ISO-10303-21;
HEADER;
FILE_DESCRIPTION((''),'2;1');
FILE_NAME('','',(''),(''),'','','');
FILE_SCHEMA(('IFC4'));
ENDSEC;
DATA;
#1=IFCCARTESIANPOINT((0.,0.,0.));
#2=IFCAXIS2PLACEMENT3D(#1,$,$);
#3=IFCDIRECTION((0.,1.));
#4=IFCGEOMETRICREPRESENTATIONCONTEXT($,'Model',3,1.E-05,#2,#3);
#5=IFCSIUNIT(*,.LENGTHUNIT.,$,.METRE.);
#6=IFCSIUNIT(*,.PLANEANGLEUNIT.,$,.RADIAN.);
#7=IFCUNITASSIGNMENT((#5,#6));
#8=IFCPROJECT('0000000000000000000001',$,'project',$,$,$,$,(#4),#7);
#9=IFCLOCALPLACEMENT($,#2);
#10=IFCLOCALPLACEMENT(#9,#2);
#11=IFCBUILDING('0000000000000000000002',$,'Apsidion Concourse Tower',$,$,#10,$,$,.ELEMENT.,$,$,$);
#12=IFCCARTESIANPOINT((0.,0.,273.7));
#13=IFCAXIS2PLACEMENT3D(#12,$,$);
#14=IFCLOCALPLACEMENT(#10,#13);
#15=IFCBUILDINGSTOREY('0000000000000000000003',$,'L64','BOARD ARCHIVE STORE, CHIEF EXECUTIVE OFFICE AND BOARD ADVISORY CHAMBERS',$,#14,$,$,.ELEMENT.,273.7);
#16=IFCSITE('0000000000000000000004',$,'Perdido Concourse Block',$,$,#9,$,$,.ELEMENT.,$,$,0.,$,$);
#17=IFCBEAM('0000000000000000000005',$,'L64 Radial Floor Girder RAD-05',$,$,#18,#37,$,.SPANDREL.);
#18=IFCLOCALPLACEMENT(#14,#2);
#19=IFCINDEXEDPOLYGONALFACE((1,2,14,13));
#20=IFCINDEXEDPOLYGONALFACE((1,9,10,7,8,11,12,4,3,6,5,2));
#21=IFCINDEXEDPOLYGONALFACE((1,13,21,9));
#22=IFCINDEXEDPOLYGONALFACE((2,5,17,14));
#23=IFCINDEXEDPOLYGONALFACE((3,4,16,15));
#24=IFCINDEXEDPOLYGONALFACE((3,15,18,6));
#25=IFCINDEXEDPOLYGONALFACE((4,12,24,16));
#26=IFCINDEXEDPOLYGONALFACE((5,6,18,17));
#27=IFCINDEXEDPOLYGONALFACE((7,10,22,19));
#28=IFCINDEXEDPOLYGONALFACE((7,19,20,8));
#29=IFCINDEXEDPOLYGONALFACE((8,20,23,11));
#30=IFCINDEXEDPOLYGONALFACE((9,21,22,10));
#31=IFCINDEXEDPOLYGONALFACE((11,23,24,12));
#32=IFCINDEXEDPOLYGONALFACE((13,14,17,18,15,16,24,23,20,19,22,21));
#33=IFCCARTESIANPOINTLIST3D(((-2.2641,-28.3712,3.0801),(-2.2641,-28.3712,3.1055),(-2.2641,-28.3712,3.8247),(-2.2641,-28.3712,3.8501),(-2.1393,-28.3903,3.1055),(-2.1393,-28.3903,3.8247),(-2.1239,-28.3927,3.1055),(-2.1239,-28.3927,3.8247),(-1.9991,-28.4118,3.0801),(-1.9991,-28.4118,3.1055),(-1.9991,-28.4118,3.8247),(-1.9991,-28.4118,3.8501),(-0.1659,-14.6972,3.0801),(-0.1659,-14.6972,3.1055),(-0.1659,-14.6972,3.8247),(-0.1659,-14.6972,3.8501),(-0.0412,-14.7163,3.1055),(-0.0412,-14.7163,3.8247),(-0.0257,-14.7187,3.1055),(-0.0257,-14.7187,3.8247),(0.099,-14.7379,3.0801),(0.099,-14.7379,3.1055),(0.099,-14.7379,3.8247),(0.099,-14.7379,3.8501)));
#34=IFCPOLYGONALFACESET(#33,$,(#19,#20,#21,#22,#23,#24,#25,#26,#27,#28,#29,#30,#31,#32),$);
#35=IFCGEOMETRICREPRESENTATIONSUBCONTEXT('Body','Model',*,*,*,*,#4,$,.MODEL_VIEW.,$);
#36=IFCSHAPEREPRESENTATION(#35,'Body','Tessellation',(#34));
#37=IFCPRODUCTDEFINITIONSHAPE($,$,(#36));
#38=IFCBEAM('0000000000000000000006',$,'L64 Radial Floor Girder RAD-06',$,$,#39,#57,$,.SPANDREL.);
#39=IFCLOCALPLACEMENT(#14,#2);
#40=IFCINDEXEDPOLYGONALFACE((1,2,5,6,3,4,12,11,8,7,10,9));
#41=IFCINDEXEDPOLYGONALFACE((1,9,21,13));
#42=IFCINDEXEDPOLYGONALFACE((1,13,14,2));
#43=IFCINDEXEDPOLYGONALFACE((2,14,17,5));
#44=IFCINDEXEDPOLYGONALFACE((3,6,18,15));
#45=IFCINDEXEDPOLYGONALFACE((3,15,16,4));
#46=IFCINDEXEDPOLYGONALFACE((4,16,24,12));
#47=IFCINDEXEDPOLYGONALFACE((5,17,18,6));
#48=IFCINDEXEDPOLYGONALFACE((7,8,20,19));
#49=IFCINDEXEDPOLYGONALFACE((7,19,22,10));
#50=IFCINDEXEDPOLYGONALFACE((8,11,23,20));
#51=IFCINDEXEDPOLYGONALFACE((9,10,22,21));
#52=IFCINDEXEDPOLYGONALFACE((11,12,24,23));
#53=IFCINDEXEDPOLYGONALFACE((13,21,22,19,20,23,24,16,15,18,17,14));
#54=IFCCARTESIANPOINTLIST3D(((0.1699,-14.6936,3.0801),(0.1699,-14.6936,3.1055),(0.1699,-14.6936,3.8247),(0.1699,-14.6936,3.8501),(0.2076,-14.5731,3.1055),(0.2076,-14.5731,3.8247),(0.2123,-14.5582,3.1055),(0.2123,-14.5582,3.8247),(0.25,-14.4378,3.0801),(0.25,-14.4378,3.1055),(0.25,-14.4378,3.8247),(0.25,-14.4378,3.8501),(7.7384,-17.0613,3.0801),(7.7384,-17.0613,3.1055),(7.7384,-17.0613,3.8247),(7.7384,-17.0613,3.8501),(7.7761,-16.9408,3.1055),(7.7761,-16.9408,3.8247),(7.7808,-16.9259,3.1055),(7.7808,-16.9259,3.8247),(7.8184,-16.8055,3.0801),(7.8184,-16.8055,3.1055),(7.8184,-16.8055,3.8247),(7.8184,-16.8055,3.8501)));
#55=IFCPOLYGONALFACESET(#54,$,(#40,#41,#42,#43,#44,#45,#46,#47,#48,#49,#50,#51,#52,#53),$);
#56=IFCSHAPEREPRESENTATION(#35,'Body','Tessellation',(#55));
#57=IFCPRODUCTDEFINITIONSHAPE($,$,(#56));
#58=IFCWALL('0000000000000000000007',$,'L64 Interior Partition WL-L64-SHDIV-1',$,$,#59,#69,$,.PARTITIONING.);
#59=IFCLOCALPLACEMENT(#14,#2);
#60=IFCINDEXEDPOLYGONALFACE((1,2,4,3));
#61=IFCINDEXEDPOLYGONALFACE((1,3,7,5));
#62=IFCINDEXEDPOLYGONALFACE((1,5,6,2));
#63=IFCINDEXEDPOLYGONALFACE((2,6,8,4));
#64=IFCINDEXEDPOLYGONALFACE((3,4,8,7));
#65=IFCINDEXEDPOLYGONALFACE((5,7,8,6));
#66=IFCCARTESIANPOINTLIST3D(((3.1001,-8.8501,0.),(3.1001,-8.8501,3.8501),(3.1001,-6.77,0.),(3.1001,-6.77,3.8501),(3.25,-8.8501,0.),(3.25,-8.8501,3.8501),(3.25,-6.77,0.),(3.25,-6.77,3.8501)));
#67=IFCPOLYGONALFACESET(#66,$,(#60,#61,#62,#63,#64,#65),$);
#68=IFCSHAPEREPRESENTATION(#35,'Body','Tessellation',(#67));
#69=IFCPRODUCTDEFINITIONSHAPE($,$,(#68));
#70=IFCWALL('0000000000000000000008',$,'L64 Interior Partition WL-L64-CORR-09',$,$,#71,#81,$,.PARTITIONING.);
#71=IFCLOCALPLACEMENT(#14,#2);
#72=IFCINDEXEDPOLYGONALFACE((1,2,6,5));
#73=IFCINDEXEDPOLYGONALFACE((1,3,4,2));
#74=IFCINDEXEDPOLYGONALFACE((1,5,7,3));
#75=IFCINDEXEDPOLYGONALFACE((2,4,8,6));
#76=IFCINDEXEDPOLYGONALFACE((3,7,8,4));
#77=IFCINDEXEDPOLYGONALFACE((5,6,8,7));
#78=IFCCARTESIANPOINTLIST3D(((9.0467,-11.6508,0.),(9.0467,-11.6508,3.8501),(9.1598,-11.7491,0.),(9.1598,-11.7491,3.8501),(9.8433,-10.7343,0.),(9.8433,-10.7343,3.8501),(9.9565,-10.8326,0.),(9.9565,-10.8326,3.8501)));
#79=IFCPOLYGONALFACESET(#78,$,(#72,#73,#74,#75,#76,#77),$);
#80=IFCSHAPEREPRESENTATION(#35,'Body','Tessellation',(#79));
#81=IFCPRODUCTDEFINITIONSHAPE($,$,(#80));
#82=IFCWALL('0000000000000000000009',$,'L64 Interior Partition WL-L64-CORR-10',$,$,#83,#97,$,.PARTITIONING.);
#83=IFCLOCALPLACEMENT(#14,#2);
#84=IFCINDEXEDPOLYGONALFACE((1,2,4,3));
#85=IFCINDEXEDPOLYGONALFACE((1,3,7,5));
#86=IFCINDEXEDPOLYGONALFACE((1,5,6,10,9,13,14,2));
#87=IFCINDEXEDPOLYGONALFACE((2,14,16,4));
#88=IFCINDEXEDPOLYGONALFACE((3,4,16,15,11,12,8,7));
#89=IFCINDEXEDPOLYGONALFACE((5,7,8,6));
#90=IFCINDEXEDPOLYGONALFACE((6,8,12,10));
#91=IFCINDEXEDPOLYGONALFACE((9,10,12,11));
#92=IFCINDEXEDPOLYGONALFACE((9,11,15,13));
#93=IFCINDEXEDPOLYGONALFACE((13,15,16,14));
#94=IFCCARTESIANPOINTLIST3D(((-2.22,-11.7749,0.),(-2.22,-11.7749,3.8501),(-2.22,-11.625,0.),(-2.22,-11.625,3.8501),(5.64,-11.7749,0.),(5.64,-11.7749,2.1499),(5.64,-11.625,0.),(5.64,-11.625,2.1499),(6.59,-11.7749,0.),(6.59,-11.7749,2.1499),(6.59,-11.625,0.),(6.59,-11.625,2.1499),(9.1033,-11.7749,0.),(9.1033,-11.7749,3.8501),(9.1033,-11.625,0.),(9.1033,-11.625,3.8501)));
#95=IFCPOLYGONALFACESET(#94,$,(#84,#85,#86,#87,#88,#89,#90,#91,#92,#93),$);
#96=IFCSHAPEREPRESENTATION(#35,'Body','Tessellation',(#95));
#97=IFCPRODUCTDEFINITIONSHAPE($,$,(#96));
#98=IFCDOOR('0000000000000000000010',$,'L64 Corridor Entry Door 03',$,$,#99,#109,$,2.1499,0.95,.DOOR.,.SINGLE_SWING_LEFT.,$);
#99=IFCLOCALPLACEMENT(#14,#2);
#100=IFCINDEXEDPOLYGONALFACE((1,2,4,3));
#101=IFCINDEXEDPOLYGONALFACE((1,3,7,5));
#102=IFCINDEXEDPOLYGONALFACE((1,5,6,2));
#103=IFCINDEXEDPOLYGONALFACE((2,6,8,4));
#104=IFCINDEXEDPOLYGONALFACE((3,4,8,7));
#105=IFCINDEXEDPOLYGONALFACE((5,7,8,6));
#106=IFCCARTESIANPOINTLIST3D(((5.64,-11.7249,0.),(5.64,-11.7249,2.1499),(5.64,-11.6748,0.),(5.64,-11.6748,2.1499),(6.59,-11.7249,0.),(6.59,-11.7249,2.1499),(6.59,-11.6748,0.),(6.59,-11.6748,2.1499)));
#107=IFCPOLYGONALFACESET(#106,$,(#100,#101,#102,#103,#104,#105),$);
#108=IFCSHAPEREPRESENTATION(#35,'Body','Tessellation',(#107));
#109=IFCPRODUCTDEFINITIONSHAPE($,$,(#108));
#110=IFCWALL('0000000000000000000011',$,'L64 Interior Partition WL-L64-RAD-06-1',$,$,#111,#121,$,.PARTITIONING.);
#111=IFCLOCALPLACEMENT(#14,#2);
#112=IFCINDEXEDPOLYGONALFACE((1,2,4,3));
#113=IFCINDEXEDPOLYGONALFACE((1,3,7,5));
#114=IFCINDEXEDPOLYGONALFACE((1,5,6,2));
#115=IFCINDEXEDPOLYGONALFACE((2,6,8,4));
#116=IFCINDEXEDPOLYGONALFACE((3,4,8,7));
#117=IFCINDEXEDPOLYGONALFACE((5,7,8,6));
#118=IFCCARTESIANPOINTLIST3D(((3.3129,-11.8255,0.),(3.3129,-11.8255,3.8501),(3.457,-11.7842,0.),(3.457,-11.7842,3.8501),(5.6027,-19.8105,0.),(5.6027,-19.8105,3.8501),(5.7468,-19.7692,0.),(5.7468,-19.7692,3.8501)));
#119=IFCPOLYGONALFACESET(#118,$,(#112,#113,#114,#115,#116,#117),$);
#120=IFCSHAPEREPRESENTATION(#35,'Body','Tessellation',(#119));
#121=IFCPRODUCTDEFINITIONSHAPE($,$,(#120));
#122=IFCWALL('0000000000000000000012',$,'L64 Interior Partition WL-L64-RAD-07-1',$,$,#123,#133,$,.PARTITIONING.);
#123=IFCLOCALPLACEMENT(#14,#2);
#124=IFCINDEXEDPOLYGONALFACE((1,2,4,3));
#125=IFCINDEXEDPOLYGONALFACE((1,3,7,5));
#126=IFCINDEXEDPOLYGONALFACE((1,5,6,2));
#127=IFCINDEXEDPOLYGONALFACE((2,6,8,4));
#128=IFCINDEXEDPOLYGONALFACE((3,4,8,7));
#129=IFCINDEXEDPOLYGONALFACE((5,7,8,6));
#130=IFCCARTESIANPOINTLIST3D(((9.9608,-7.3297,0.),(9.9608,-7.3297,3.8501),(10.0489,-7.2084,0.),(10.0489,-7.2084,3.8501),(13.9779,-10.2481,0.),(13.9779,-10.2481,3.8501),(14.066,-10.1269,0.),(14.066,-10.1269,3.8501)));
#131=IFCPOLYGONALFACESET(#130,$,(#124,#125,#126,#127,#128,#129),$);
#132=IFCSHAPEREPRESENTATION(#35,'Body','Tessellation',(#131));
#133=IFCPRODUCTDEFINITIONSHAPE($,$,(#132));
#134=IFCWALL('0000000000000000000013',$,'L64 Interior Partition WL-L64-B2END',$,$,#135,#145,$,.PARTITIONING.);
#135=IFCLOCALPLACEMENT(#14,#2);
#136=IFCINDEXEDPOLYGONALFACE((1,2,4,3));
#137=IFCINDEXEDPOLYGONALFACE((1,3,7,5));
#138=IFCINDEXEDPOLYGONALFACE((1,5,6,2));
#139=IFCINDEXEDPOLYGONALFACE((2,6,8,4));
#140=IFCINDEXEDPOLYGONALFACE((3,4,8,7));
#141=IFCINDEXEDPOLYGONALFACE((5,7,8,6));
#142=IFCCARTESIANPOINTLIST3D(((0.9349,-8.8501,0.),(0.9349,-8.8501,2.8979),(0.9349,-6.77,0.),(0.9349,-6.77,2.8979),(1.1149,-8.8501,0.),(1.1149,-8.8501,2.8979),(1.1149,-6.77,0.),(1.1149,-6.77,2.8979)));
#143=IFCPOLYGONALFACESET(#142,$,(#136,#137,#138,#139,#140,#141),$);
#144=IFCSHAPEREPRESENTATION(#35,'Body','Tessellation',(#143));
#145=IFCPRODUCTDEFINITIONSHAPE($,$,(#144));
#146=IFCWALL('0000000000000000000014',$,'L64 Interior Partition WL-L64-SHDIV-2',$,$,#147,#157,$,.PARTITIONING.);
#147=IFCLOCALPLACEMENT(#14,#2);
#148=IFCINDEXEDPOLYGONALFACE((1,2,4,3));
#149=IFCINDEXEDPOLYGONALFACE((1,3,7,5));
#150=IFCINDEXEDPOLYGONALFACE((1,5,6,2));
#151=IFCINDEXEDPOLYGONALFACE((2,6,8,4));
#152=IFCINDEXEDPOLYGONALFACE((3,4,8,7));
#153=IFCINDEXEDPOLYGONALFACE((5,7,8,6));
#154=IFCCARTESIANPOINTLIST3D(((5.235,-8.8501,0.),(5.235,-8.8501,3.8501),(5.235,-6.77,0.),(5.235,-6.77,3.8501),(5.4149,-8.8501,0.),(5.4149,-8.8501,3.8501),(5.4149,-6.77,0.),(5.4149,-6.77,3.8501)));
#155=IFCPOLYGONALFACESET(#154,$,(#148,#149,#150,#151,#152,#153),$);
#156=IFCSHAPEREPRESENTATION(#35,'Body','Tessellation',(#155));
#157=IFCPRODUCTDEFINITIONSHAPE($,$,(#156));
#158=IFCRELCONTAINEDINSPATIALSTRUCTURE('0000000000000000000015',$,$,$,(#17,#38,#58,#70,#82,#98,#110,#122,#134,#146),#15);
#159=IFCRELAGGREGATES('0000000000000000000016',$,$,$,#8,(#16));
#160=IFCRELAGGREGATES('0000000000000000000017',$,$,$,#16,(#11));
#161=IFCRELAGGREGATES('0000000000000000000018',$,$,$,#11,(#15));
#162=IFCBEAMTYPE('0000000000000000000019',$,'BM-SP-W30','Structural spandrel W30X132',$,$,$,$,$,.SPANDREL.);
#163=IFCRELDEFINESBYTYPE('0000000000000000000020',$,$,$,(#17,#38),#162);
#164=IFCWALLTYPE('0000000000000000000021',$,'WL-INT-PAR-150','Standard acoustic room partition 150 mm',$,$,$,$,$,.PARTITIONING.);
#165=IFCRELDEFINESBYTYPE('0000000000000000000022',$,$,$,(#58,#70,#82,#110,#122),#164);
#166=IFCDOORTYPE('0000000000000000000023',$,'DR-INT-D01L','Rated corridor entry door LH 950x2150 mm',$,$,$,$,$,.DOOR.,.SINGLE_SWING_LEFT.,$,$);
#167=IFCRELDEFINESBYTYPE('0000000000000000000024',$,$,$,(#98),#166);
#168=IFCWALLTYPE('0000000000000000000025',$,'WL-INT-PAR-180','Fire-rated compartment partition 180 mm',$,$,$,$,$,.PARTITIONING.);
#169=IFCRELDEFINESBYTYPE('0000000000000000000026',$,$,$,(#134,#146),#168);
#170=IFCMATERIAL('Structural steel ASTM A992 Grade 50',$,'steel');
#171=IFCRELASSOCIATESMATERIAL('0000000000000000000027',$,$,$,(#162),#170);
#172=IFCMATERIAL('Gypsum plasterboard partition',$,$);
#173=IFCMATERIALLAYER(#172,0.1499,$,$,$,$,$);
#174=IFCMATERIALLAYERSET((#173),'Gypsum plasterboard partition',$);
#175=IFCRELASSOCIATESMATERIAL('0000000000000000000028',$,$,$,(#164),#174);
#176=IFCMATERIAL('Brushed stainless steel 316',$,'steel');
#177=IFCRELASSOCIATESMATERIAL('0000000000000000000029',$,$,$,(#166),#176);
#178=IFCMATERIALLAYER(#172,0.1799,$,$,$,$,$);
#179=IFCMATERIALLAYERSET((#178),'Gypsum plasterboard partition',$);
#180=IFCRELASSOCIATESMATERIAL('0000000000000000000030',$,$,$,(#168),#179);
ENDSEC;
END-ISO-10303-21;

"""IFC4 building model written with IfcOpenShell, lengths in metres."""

from ifc_helpers import new_model, si_unit, direction, frame, frame_2d, origin, origin_2d, place, context, subcontext, project, spatial, rectangle, i_section, extrude, material, layer, layer_set, material_profile, profile_set, type_object, element, fill, save


model = new_model("IFC4")

# Units and contexts
model_context = context("Model", 3, precision=1e-05, world=origin(), true_north=direction((0.0, 1.0)))
body_context = subcontext(model_context, "Body", "Model", "MODEL_VIEW")
ifc_project = project(units=[si_unit("LENGTHUNIT", "METRE"), si_unit("PLANEANGLEUNIT", "RADIAN")], contexts=[model_context])

# Site, building, storey
site_placement = place(None, origin())
site = spatial("IfcSite", under=ifc_project, at=site_placement, Name="Perdido Concourse Block", CompositionType="ELEMENT", RefElevation=0.0)
building_placement = place(site_placement, origin())
building = spatial("IfcBuilding", under=site, at=building_placement, Name="Apsidion Concourse Tower", CompositionType="ELEMENT")
storey_placement = place(building_placement, frame((0.0, 0.0, 273.7)))
storey = spatial("IfcBuildingStorey", under=building, at=storey_placement, Name="L64", Description="BOARD ARCHIVE STORE, CHIEF EXECUTIVE OFFICE AND BOARD ADVISORY CHAMBERS", CompositionType="ELEMENT", Elevation=273.7)

# Shared definitions
ifc_material_1 = material(Name="Structural steel ASTM A992 Grade 50", Category="steel")

# Beams
ifc_material_profile_1 = material_profile(ifc_material_1, i_section(OverallWidth=0.2681, OverallDepth=0.77, WebThickness=0.0156, FlangeThickness=0.0254, at=origin_2d()), Name="W30X132")
ifc_profile_set_1 = profile_set([ifc_material_profile_1], Name="Structural steel ASTM A992 Grade 50")
beam_type_1 = type_object("IfcBeamType", Name="BM-SP-W30", Description="Structural spandrel W30X132", PredefinedType="SPANDREL", material=ifc_profile_set_1)
beam_1_placement = place(storey_placement, frame((-0.0334, -14.7175, 3.4651), z_axis=(-0.151665, -0.988432, 0.0), x_axis=(0.988432, -0.151665, 0.0)))
element("IfcBeam", 1, at=beam_1_placement, inside=storey, type_object=beam_type_1, Name="L64 Radial Floor Girder RAD-05", PredefinedType="SPANDREL", context=body_context, shape_type="SweptSolid", body=[
    extrude(i_section(OverallWidth=0.2681, OverallDepth=0.77, WebThickness=0.0156, FlangeThickness=0.0254, at=origin_2d()), origin(), (0.0, 0.0, 1.0), 13.834),
])
beam_2_placement = place(storey_placement, frame((0.21, -14.5657, 3.4651), z_axis=(0.954388, -0.298569, 0.0), x_axis=(0.298569, 0.954388, 0.0)))
element("IfcBeam", 2, at=beam_2_placement, inside=storey, type_object=beam_type_1, Name="L64 Radial Floor Girder RAD-06", PredefinedType="SPANDREL", context=body_context, shape_type="SweptSolid", body=[
    extrude(i_section(OverallWidth=0.2681, OverallDepth=0.77, WebThickness=0.0156, FlangeThickness=0.0254, at=origin_2d()), origin(), (0.0, 0.0, 1.0), 7.9302),
])

# Walls
ifc_material_2 = material(Name="Gypsum plasterboard partition")
ifc_layer_1 = layer(ifc_material_2, 0.1499)
ifc_layer_set_1 = layer_set([ifc_layer_1], Name="Gypsum plasterboard partition")
wall_type_1 = type_object("IfcWallType", Name="WL-INT-PAR-150", Description="Standard acoustic room partition 150 mm", PredefinedType="PARTITIONING", material=ifc_layer_set_1)
wall_1_placement = place(storey_placement, frame((3.175, -8.8501, 0.0), z_axis=(0.0, 0.0, 1.0), x_axis=(0.0, 1.0, 0.0)))
element("IfcWall", 3, at=wall_1_placement, inside=storey, type_object=wall_type_1, Name="L64 Interior Partition WL-L64-SHDIV-1", PredefinedType="PARTITIONING", context=body_context, shape_type="SweptSolid", body=[
    extrude(rectangle(XDim=2.0801, YDim=0.1499, at=frame_2d((1.04, 0.0))), origin(), (0.0, 0.0, 1.0), 3.8501),
])
wall_2_placement = place(storey_placement, frame((9.8999, -10.7834, 0.0), z_axis=(0.0, 0.0, 1.0), x_axis=(-0.656024, -0.75474, 0.0)))
element("IfcWall", 4, at=wall_2_placement, inside=storey, type_object=wall_type_1, Name="L64 Interior Partition WL-L64-CORR-09", PredefinedType="PARTITIONING", context=body_context, shape_type="SweptSolid", body=[
    extrude(rectangle(XDim=1.2144, YDim=0.1499, at=frame_2d((0.6072, 0.0))), origin(), (0.0, 0.0, 1.0), 3.8501),
])

# Wall, opening, door
wall_3_placement = place(storey_placement, frame((9.1033, -11.7, 0.0), z_axis=(0.0, 0.0, 1.0), x_axis=(-1.0, 0.0, 0.0)))
wall_3 = element("IfcWall", 5, at=wall_3_placement, inside=storey, type_object=wall_type_1, Name="L64 Interior Partition WL-L64-CORR-10", PredefinedType="PARTITIONING", context=body_context, shape_type="SweptSolid", body=[
    extrude(rectangle(XDim=11.3232, YDim=0.1499, at=frame_2d((5.6616, 0.0))), origin(), (0.0, 0.0, 1.0), 3.8501),
])
opening_1_placement = place(wall_3_placement, frame((2.5132, 0.0, 0.0)))
opening_1 = element("IfcOpeningElement", 6, at=opening_1_placement, cuts=wall_3, PredefinedType="OPENING", context=body_context, shape_type="SweptSolid", body=[
    extrude(rectangle(XDim=0.95, YDim=2.1499, at=frame_2d((0.4751, 1.075))), frame((0.0, 0.085, 0.0), z_axis=(0.0, -1.0, 0.0), x_axis=(1.0, 0.0, 0.0)), (0.0, 0.0, 1.0), 0.1699),
])
ifc_material_3 = material(Name="Brushed stainless steel 316", Category="steel")
door_type_1 = type_object("IfcDoorType", Name="DR-INT-D01L", Description="Rated corridor entry door LH 950x2150 mm", OperationType="SINGLE_SWING_LEFT", PredefinedType="DOOR", material=ifc_material_3)
door_1_placement = place(opening_1_placement, origin())
door_1 = element("IfcDoor", 7, at=door_1_placement, inside=storey, type_object=door_type_1, Name="L64 Corridor Entry Door 03", OperationType="SINGLE_SWING_LEFT", OverallHeight=2.1499, OverallWidth=0.95, PredefinedType="DOOR", context=body_context, shape_type="SweptSolid", body=[
    extrude(rectangle(XDim=0.95, YDim=2.1499, at=frame_2d((0.4751, 1.075))), frame((0.0, 0.0249, 0.0), z_axis=(0.0, -1.0, 0.0), x_axis=(1.0, 0.0, 0.0)), (0.0, 0.0, 1.0), 0.05),
])
fill(opening_1, door_1)

# Walls
wall_4_placement = place(storey_placement, frame((3.385, -11.8049, 0.0), z_axis=(0.0, 0.0, 1.0), x_axis=(0.275649, -0.961258, 0.0)))
element("IfcWall", 8, at=wall_4_placement, inside=storey, type_object=wall_type_1, Name="L64 Interior Partition WL-L64-RAD-06-1", PredefinedType="PARTITIONING", context=body_context, shape_type="SweptSolid", body=[
    extrude(rectangle(XDim=8.3069, YDim=0.1499, at=frame_2d((4.1533, 0.0))), origin(), (0.0, 0.0, 1.0), 3.8501),
])
wall_5_placement = place(storey_placement, frame((10.0049, -7.269, 0.0), z_axis=(0.0, 0.0, 1.0), x_axis=(0.809029, -0.587768, 0.0)))
element("IfcWall", 9, at=wall_5_placement, inside=storey, type_object=wall_type_1, Name="L64 Interior Partition WL-L64-RAD-07-1", PredefinedType="PARTITIONING", context=body_context, shape_type="SweptSolid", body=[
    extrude(rectangle(XDim=4.9653, YDim=0.1499, at=frame_2d((2.4827, 0.0))), origin(), (0.0, 0.0, 1.0), 3.8501),
])
ifc_layer_2 = layer(ifc_material_2, 0.1799)
ifc_layer_set_2 = layer_set([ifc_layer_2], Name="Gypsum plasterboard partition")
wall_type_2 = type_object("IfcWallType", Name="WL-INT-PAR-180", Description="Fire-rated compartment partition 180 mm", PredefinedType="PARTITIONING", material=ifc_layer_set_2)
wall_6_placement = place(storey_placement, frame((1.0249, -8.8501, 0.0), z_axis=(0.0, 0.0, 1.0), x_axis=(0.0, 1.0, 0.0)))
element("IfcWall", 10, at=wall_6_placement, inside=storey, type_object=wall_type_2, Name="L64 Interior Partition WL-L64-B2END", PredefinedType="PARTITIONING", context=body_context, shape_type="SweptSolid", body=[
    extrude(rectangle(XDim=2.0801, YDim=0.1799, at=frame_2d((1.04, 0.0))), origin(), (0.0, 0.0, 1.0), 2.8979),
])
wall_7_placement = place(storey_placement, frame((5.325, -8.8501, 0.0), z_axis=(0.0, 0.0, 1.0), x_axis=(0.0, 1.0, 0.0)))
element("IfcWall", 11, at=wall_7_placement, inside=storey, type_object=wall_type_2, Name="L64 Interior Partition WL-L64-SHDIV-2", PredefinedType="PARTITIONING", context=body_context, shape_type="SweptSolid", body=[
    extrude(rectangle(XDim=2.0801, YDim=0.1799, at=frame_2d((1.04, 0.0))), origin(), (0.0, 0.0, 1.0), 3.8501),
])

save(model, "model.ifc")
